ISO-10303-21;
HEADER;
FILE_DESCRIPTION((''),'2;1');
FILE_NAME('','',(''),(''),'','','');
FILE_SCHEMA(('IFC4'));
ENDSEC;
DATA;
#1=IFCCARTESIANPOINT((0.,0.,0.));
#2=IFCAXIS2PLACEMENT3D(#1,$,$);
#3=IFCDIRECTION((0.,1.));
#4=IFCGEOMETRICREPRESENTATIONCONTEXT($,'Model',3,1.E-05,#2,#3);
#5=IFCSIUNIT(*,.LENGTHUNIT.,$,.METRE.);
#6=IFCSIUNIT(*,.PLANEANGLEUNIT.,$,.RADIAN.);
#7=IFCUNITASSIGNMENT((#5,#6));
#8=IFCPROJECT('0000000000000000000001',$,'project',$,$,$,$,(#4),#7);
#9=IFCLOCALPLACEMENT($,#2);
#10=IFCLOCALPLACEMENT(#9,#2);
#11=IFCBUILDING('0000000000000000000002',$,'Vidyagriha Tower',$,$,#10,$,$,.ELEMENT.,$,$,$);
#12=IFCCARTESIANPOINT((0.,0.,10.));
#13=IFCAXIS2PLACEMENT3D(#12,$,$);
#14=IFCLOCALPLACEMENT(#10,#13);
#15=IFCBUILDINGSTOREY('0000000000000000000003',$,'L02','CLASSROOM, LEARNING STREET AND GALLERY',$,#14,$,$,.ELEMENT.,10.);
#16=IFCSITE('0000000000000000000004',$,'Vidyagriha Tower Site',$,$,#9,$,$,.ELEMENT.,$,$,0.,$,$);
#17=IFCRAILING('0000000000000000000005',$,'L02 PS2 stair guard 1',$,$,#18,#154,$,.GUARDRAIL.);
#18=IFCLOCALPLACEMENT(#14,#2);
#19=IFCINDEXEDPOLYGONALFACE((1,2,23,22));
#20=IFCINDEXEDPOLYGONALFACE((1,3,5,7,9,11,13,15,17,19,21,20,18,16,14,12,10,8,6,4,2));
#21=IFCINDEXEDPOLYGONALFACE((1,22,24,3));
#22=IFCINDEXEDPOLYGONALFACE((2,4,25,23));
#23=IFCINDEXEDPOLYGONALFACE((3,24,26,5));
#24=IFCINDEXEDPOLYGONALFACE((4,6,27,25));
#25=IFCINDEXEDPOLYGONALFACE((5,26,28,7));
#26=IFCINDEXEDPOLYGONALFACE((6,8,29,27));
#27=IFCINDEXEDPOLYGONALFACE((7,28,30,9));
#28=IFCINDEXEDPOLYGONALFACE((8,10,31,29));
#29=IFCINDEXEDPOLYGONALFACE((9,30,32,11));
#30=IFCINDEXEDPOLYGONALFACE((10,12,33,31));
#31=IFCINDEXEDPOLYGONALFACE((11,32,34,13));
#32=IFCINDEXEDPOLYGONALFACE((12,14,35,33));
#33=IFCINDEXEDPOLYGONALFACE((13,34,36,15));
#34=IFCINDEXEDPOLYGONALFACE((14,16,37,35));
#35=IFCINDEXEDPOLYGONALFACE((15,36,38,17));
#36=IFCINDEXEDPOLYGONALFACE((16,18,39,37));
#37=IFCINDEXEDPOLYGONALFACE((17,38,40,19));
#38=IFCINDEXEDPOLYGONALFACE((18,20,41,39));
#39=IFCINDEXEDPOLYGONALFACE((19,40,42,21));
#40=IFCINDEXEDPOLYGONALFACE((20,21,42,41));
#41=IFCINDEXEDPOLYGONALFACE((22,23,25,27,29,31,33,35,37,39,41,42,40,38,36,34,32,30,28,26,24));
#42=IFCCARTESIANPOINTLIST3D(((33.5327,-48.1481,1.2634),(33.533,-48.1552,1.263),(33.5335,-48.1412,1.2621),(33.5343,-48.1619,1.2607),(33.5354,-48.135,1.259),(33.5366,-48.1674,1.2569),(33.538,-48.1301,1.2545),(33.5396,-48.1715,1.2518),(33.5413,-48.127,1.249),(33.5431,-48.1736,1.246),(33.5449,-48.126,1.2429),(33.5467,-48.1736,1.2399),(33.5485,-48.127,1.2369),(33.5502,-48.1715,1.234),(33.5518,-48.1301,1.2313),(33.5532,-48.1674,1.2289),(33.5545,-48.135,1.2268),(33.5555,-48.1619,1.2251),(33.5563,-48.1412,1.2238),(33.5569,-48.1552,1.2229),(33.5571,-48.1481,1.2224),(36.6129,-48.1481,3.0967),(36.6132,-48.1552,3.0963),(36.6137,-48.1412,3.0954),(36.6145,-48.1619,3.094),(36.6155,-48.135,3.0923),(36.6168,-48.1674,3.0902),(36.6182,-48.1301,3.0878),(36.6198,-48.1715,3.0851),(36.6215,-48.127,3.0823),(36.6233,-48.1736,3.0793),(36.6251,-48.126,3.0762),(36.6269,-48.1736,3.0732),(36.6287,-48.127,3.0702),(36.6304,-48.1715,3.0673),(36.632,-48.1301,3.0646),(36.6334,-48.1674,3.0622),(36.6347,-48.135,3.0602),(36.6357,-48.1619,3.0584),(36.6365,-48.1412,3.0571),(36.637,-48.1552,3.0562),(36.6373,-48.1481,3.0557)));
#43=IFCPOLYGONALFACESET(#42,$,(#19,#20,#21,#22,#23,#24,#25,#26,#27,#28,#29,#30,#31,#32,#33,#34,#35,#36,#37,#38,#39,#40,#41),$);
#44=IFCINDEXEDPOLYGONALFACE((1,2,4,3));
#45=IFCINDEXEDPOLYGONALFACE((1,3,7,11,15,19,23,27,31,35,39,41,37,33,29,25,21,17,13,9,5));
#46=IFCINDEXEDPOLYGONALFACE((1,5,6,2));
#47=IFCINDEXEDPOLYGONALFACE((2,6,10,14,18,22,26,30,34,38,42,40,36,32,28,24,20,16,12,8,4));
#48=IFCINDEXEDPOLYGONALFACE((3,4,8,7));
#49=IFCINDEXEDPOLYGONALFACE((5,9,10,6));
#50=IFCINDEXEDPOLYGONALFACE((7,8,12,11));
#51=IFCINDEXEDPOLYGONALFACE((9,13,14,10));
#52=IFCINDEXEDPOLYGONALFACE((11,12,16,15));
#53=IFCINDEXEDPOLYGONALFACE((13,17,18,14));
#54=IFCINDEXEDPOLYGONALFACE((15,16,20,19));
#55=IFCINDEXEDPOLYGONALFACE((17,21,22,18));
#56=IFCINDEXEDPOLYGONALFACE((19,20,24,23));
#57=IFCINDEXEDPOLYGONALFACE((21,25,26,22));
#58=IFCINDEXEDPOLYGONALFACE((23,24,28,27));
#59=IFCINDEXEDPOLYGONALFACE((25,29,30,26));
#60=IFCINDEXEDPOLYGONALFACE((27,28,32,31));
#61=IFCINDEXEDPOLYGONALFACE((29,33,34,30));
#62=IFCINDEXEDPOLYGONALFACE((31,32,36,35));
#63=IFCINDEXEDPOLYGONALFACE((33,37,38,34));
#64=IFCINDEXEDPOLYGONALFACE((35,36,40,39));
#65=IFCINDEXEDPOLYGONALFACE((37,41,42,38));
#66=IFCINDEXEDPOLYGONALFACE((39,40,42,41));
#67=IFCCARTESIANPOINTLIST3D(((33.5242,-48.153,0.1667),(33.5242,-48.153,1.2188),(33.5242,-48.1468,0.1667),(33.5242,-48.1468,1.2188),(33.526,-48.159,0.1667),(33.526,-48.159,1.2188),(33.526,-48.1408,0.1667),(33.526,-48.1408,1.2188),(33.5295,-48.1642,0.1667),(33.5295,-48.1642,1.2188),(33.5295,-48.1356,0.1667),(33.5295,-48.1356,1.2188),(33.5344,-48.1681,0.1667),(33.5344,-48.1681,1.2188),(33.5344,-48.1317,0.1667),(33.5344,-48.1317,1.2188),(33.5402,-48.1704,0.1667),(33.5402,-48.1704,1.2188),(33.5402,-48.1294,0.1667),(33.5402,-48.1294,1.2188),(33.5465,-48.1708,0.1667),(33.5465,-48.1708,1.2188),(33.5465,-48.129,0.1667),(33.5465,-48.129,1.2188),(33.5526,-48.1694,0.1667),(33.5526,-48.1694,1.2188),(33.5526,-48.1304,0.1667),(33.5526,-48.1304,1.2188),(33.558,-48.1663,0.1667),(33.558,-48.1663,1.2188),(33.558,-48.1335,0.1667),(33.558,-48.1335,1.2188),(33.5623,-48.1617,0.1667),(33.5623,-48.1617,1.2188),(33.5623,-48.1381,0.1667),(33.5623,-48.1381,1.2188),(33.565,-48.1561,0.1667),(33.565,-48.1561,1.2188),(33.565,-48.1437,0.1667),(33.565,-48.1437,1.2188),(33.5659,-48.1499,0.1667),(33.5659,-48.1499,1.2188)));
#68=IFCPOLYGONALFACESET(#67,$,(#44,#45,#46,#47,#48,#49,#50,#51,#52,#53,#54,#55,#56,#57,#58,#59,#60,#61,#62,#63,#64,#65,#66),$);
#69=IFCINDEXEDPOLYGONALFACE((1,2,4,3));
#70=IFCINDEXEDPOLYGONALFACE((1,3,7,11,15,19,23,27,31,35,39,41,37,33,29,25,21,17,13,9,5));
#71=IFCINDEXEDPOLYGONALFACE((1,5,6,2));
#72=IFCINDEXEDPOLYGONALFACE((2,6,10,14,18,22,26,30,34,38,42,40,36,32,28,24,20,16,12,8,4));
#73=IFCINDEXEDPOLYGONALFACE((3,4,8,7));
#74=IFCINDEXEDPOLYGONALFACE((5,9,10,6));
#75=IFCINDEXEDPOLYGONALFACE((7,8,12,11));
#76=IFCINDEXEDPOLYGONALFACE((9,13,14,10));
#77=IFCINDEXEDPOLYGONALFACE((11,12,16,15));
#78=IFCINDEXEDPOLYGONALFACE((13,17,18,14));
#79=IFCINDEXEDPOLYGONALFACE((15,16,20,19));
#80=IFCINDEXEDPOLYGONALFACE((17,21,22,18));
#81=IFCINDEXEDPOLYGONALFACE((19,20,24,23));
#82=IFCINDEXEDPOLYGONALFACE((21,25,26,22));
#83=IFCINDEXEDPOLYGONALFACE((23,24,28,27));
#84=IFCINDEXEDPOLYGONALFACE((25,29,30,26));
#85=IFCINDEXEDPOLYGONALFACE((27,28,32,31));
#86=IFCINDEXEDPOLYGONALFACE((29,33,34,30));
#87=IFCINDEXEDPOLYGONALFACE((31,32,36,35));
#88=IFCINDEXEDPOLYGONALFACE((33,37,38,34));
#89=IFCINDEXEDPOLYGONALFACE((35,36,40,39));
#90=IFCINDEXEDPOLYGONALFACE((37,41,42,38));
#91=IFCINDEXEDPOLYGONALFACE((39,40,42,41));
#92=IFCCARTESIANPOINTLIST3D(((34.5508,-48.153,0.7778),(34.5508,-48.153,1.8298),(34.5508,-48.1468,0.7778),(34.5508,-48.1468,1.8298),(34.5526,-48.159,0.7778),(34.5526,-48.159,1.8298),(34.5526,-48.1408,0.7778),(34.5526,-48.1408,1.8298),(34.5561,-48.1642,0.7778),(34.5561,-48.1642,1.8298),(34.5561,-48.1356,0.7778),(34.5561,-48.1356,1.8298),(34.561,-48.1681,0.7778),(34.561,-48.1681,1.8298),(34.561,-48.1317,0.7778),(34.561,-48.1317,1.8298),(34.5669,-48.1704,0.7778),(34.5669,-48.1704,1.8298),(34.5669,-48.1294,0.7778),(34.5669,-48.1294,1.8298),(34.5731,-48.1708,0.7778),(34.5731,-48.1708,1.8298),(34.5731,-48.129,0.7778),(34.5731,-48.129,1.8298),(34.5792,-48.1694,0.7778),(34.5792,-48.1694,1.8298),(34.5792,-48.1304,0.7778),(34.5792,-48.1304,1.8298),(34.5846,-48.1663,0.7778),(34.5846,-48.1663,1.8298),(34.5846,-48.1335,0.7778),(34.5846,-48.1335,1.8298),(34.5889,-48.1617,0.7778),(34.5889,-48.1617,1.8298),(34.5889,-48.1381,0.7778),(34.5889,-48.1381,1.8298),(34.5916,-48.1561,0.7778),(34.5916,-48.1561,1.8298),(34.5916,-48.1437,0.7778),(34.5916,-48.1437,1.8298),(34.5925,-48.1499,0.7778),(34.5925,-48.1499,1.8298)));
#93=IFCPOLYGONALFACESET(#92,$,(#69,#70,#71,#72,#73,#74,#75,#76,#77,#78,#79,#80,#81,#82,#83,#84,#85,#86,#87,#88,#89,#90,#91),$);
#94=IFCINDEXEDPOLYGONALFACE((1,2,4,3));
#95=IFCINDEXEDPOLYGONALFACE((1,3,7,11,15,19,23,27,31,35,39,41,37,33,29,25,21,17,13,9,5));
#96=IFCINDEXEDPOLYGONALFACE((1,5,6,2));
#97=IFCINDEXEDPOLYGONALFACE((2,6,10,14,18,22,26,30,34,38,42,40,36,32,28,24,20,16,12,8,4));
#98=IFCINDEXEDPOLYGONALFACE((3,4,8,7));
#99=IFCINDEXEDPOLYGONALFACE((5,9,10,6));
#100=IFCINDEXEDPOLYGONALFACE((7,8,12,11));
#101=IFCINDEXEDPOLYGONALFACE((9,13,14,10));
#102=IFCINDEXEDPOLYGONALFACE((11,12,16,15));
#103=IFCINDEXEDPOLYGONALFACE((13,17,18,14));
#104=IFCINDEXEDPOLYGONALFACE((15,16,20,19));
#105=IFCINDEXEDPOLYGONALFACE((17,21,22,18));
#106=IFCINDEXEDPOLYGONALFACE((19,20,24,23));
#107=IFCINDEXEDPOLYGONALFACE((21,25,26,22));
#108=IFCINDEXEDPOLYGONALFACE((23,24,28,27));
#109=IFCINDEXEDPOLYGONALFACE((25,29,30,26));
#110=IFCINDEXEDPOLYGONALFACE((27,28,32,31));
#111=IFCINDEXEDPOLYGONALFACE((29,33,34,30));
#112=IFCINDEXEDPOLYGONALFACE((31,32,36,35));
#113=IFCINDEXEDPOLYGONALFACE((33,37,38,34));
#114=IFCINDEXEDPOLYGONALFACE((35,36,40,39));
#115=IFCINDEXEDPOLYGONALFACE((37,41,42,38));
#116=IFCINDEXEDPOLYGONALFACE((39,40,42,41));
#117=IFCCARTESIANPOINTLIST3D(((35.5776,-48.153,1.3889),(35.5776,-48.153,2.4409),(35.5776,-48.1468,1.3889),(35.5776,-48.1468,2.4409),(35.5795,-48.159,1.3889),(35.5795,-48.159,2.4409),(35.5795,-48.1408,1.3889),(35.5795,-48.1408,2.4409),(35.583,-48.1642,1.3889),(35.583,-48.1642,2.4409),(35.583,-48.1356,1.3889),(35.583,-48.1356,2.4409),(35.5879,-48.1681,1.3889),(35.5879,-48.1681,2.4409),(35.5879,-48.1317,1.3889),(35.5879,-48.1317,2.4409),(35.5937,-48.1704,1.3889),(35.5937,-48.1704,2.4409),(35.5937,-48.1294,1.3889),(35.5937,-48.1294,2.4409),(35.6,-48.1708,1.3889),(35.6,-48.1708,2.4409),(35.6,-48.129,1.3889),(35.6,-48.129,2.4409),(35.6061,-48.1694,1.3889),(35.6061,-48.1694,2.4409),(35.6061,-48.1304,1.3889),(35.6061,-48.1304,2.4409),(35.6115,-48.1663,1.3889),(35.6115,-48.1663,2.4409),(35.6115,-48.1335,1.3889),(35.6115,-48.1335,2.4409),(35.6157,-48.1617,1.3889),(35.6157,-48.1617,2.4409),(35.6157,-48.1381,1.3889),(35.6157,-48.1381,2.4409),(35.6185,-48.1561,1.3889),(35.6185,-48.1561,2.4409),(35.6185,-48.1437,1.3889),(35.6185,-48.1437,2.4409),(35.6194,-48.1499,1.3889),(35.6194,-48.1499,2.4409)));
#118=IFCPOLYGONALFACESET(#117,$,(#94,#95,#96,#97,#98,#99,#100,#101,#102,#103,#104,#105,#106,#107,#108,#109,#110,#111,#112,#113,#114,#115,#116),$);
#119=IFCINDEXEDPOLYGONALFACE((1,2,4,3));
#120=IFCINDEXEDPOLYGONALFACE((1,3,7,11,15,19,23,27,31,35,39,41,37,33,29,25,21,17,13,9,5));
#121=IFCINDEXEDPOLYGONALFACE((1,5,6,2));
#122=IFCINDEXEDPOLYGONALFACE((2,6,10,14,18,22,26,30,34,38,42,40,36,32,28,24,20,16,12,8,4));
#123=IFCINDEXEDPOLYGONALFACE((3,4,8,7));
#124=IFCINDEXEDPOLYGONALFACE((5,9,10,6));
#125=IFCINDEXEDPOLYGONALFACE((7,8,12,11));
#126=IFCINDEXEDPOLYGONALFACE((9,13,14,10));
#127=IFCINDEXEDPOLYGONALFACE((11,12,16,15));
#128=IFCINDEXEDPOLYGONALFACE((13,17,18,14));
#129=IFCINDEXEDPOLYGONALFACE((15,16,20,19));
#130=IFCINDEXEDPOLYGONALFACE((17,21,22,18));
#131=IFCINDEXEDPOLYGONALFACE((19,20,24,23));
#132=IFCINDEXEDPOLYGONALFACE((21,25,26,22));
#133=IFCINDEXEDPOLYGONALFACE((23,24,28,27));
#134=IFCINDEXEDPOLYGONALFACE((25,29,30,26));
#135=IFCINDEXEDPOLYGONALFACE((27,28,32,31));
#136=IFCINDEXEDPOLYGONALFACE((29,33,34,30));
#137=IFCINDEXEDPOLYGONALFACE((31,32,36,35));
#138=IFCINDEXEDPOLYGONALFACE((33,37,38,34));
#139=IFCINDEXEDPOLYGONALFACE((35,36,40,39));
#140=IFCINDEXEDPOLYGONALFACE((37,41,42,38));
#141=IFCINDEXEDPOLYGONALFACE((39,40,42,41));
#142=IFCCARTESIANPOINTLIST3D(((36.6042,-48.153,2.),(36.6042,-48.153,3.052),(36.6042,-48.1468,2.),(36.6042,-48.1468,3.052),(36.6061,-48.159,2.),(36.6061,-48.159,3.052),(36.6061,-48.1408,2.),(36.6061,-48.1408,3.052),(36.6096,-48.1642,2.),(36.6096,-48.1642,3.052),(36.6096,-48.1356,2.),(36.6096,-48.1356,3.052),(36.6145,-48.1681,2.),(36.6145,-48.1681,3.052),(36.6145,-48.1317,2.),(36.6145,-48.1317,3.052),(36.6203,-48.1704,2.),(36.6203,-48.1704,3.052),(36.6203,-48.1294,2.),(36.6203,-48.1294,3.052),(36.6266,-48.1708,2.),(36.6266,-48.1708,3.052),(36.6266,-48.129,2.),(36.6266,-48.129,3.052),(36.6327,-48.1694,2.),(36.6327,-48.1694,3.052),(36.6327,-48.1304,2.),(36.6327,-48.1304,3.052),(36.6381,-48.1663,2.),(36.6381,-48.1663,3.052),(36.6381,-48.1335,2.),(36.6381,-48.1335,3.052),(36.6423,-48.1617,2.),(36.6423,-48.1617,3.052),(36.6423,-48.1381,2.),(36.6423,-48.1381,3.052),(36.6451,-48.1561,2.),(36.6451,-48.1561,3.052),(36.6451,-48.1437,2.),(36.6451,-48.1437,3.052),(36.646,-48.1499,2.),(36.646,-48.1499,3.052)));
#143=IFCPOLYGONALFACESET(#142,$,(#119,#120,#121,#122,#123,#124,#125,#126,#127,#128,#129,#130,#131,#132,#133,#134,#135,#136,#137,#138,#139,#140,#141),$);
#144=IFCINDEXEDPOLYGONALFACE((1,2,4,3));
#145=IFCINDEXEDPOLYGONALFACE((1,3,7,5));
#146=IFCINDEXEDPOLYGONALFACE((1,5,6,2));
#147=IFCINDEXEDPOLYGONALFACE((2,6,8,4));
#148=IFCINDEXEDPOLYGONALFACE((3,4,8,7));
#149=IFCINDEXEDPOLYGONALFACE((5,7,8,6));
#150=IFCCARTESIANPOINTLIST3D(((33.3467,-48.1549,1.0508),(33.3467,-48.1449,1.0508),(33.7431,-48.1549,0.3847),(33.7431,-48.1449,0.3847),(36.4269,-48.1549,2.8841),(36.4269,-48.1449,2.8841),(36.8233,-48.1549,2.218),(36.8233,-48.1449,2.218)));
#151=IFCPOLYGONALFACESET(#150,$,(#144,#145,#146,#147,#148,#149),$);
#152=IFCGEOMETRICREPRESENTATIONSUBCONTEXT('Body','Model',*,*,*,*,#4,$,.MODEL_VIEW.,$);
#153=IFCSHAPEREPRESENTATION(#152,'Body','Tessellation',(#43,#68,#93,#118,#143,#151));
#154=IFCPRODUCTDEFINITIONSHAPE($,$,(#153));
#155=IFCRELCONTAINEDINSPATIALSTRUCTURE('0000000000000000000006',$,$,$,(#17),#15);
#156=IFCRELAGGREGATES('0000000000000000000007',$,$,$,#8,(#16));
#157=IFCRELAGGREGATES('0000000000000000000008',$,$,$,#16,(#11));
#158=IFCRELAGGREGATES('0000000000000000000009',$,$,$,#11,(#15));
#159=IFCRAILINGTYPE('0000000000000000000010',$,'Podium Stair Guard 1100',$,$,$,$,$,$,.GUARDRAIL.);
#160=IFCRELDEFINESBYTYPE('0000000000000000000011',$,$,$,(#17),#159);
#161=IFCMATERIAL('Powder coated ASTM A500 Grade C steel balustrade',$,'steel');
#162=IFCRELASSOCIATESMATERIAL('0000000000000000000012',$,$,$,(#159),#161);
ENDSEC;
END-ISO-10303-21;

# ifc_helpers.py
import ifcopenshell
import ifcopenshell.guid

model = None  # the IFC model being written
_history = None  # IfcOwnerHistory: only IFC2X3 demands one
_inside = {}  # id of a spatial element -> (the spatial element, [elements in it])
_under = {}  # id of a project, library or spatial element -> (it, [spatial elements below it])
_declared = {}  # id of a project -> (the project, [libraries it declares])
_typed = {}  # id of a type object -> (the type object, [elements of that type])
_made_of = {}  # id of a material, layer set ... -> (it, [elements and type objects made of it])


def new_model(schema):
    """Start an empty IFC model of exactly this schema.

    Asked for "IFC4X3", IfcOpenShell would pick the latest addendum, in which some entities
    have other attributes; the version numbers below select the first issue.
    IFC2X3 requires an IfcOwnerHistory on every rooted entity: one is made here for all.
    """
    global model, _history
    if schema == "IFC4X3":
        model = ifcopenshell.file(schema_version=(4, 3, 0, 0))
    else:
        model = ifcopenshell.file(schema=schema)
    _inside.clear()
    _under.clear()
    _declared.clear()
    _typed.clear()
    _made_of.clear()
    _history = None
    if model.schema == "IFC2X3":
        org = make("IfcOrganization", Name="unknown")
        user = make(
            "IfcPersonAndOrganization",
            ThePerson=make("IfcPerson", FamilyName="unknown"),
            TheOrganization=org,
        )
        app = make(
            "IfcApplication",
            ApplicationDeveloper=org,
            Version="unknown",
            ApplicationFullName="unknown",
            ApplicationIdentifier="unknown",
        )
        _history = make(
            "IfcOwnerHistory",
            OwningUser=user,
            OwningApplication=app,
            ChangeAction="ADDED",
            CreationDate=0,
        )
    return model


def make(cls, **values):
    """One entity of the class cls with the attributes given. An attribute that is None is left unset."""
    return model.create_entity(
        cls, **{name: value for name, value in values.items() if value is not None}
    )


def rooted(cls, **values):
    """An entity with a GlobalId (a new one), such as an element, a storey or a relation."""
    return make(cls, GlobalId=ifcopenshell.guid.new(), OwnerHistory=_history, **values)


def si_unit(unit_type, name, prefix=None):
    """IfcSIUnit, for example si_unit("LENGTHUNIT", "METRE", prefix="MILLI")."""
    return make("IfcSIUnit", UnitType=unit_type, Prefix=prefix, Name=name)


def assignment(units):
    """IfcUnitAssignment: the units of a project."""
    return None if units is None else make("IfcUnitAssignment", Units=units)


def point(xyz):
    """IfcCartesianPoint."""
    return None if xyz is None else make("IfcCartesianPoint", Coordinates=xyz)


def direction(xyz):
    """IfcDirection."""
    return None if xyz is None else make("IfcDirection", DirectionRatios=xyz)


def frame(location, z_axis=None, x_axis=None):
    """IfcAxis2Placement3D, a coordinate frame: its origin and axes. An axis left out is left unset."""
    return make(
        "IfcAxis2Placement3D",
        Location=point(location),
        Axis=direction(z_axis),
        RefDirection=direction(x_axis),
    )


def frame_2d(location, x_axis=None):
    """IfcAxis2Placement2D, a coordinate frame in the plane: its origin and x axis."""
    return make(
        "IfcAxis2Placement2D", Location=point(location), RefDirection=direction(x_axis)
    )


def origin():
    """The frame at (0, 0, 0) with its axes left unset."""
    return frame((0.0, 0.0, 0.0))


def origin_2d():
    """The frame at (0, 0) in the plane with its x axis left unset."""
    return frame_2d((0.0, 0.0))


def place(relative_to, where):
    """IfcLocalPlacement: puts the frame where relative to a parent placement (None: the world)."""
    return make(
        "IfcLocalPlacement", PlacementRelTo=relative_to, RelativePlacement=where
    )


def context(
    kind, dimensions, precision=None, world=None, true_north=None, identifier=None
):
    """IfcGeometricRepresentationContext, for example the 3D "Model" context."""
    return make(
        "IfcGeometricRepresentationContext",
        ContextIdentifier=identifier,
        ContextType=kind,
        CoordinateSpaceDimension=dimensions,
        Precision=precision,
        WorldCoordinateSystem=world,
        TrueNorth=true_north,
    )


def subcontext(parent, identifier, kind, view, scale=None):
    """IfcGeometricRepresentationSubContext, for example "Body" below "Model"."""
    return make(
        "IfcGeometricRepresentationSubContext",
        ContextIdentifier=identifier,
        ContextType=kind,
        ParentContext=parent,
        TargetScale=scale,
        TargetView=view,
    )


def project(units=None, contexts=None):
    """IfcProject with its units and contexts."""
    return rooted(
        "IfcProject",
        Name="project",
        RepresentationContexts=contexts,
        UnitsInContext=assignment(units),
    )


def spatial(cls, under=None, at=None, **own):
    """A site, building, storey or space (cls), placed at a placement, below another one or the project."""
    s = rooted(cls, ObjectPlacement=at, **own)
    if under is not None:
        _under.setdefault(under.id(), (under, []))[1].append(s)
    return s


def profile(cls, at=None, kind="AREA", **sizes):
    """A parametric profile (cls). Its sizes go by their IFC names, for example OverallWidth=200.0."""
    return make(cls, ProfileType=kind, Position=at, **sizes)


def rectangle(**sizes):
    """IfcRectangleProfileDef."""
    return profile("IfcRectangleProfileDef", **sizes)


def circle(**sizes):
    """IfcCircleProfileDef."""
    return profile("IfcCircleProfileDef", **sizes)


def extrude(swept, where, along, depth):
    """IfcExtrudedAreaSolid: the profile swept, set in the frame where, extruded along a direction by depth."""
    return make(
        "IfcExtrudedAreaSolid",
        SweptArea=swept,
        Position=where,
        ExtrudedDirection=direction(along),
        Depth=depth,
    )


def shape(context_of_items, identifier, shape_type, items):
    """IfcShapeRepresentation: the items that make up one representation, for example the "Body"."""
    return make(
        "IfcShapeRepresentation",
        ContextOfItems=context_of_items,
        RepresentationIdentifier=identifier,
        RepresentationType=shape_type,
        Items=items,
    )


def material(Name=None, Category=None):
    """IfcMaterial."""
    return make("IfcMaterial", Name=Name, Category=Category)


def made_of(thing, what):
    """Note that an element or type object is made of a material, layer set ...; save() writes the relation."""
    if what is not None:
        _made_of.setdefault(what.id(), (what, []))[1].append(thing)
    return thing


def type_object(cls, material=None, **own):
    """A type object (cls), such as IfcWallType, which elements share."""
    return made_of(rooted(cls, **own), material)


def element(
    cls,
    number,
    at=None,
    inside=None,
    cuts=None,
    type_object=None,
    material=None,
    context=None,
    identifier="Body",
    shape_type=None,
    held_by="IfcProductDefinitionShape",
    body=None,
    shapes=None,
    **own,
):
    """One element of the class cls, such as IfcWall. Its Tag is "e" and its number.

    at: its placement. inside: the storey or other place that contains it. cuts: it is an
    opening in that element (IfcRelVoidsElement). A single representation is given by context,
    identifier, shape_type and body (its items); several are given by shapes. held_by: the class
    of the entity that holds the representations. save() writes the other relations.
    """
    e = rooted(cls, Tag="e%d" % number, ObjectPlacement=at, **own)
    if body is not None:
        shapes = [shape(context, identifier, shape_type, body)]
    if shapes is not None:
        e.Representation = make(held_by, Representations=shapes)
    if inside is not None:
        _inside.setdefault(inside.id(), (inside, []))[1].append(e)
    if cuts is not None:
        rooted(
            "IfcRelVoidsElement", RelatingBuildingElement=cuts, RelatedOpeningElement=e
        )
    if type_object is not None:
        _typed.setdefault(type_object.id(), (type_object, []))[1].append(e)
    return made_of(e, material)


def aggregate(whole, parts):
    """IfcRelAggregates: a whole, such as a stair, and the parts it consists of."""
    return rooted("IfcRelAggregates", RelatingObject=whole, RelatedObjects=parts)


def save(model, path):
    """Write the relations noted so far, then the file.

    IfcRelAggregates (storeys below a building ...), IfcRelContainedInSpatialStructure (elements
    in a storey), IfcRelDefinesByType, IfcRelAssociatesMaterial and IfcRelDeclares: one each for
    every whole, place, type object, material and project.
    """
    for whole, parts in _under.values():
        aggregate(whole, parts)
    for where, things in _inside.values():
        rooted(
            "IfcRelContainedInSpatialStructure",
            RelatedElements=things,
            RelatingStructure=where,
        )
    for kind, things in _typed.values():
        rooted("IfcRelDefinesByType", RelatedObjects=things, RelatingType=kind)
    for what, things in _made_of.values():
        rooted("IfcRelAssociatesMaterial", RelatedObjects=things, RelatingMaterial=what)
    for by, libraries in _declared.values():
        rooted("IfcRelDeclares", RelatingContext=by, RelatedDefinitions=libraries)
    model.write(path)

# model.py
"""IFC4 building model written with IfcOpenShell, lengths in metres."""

from ifc_helpers import new_model, si_unit, direction, frame, origin, origin_2d, place, context, subcontext, project, spatial, rectangle, circle, extrude, material, type_object, element, save


model = new_model("IFC4")

# Units and contexts
model_context = context("Model", 3, precision=1e-05, world=origin(), true_north=direction((0.0, 1.0)))
body_context = subcontext(model_context, "Body", "Model", "MODEL_VIEW")
ifc_project = project(units=[si_unit("LENGTHUNIT", "METRE"), si_unit("PLANEANGLEUNIT", "RADIAN")], contexts=[model_context])

# Site, building, storey
site_placement = place(None, origin())
site = spatial("IfcSite", under=ifc_project, at=site_placement, Name="Vidyagriha Tower Site", CompositionType="ELEMENT", RefElevation=0.0)
building_placement = place(site_placement, origin())
building = spatial("IfcBuilding", under=site, at=building_placement, Name="Vidyagriha Tower", CompositionType="ELEMENT")
storey_placement = place(building_placement, frame((0.0, 0.0, 10.0)))
storey = spatial("IfcBuildingStorey", under=building, at=storey_placement, Name="L02", Description="CLASSROOM, LEARNING STREET AND GALLERY", CompositionType="ELEMENT", Elevation=10.0)

# Railing
ifc_material_1 = material(Name="Powder coated ASTM A500 Grade C steel balustrade", Category="steel")
railing_type_1 = type_object("IfcRailingType", Name="Podium Stair Guard 1100", PredefinedType="GUARDRAIL", material=ifc_material_1)
railing_1_placement = place(storey_placement, frame((33.5449, -48.1499, 0.1667)))
element("IfcRailing", 1, at=railing_1_placement, inside=storey, type_object=railing_type_1, Name="L02 PS2 stair guard 1", PredefinedType="GUARDRAIL", context=body_context, shape_type="SweptSolid", body=[
    extrude(circle(Radius=0.0239, at=origin_2d()), frame((0.0, 0.0, 1.0762), z_axis=(0.859309, 0.0, 0.511458), x_axis=(0.0, 1.0, 0.0)), (0.0, 0.0, 1.0), 3.5845),
    extrude(circle(Radius=0.021, at=origin_2d()), origin(), (0.0, 0.0, 1.0), 1.052),
    extrude(circle(Radius=0.021, at=origin_2d()), frame((1.0266, 0.0, 0.6111)), (0.0, 0.0, 1.0), 1.052),
    extrude(circle(Radius=0.021, at=origin_2d()), frame((2.0535, 0.0, 1.2222)), (0.0, 0.0, 1.0), 1.052),
    extrude(circle(Radius=0.021, at=origin_2d()), frame((3.0801, 0.0, 1.8333)), (0.0, 0.0, 1.0), 1.052),
    extrude(rectangle(XDim=0.01, YDim=0.7751, at=origin_2d()), frame((0.0, 0.0, 0.551), z_axis=(0.859309, 0.0, 0.511458), x_axis=(0.0, 1.0, 0.0)), (0.0, 0.0, 1.0), 3.5845),
])

save(model, "model.ifc")
